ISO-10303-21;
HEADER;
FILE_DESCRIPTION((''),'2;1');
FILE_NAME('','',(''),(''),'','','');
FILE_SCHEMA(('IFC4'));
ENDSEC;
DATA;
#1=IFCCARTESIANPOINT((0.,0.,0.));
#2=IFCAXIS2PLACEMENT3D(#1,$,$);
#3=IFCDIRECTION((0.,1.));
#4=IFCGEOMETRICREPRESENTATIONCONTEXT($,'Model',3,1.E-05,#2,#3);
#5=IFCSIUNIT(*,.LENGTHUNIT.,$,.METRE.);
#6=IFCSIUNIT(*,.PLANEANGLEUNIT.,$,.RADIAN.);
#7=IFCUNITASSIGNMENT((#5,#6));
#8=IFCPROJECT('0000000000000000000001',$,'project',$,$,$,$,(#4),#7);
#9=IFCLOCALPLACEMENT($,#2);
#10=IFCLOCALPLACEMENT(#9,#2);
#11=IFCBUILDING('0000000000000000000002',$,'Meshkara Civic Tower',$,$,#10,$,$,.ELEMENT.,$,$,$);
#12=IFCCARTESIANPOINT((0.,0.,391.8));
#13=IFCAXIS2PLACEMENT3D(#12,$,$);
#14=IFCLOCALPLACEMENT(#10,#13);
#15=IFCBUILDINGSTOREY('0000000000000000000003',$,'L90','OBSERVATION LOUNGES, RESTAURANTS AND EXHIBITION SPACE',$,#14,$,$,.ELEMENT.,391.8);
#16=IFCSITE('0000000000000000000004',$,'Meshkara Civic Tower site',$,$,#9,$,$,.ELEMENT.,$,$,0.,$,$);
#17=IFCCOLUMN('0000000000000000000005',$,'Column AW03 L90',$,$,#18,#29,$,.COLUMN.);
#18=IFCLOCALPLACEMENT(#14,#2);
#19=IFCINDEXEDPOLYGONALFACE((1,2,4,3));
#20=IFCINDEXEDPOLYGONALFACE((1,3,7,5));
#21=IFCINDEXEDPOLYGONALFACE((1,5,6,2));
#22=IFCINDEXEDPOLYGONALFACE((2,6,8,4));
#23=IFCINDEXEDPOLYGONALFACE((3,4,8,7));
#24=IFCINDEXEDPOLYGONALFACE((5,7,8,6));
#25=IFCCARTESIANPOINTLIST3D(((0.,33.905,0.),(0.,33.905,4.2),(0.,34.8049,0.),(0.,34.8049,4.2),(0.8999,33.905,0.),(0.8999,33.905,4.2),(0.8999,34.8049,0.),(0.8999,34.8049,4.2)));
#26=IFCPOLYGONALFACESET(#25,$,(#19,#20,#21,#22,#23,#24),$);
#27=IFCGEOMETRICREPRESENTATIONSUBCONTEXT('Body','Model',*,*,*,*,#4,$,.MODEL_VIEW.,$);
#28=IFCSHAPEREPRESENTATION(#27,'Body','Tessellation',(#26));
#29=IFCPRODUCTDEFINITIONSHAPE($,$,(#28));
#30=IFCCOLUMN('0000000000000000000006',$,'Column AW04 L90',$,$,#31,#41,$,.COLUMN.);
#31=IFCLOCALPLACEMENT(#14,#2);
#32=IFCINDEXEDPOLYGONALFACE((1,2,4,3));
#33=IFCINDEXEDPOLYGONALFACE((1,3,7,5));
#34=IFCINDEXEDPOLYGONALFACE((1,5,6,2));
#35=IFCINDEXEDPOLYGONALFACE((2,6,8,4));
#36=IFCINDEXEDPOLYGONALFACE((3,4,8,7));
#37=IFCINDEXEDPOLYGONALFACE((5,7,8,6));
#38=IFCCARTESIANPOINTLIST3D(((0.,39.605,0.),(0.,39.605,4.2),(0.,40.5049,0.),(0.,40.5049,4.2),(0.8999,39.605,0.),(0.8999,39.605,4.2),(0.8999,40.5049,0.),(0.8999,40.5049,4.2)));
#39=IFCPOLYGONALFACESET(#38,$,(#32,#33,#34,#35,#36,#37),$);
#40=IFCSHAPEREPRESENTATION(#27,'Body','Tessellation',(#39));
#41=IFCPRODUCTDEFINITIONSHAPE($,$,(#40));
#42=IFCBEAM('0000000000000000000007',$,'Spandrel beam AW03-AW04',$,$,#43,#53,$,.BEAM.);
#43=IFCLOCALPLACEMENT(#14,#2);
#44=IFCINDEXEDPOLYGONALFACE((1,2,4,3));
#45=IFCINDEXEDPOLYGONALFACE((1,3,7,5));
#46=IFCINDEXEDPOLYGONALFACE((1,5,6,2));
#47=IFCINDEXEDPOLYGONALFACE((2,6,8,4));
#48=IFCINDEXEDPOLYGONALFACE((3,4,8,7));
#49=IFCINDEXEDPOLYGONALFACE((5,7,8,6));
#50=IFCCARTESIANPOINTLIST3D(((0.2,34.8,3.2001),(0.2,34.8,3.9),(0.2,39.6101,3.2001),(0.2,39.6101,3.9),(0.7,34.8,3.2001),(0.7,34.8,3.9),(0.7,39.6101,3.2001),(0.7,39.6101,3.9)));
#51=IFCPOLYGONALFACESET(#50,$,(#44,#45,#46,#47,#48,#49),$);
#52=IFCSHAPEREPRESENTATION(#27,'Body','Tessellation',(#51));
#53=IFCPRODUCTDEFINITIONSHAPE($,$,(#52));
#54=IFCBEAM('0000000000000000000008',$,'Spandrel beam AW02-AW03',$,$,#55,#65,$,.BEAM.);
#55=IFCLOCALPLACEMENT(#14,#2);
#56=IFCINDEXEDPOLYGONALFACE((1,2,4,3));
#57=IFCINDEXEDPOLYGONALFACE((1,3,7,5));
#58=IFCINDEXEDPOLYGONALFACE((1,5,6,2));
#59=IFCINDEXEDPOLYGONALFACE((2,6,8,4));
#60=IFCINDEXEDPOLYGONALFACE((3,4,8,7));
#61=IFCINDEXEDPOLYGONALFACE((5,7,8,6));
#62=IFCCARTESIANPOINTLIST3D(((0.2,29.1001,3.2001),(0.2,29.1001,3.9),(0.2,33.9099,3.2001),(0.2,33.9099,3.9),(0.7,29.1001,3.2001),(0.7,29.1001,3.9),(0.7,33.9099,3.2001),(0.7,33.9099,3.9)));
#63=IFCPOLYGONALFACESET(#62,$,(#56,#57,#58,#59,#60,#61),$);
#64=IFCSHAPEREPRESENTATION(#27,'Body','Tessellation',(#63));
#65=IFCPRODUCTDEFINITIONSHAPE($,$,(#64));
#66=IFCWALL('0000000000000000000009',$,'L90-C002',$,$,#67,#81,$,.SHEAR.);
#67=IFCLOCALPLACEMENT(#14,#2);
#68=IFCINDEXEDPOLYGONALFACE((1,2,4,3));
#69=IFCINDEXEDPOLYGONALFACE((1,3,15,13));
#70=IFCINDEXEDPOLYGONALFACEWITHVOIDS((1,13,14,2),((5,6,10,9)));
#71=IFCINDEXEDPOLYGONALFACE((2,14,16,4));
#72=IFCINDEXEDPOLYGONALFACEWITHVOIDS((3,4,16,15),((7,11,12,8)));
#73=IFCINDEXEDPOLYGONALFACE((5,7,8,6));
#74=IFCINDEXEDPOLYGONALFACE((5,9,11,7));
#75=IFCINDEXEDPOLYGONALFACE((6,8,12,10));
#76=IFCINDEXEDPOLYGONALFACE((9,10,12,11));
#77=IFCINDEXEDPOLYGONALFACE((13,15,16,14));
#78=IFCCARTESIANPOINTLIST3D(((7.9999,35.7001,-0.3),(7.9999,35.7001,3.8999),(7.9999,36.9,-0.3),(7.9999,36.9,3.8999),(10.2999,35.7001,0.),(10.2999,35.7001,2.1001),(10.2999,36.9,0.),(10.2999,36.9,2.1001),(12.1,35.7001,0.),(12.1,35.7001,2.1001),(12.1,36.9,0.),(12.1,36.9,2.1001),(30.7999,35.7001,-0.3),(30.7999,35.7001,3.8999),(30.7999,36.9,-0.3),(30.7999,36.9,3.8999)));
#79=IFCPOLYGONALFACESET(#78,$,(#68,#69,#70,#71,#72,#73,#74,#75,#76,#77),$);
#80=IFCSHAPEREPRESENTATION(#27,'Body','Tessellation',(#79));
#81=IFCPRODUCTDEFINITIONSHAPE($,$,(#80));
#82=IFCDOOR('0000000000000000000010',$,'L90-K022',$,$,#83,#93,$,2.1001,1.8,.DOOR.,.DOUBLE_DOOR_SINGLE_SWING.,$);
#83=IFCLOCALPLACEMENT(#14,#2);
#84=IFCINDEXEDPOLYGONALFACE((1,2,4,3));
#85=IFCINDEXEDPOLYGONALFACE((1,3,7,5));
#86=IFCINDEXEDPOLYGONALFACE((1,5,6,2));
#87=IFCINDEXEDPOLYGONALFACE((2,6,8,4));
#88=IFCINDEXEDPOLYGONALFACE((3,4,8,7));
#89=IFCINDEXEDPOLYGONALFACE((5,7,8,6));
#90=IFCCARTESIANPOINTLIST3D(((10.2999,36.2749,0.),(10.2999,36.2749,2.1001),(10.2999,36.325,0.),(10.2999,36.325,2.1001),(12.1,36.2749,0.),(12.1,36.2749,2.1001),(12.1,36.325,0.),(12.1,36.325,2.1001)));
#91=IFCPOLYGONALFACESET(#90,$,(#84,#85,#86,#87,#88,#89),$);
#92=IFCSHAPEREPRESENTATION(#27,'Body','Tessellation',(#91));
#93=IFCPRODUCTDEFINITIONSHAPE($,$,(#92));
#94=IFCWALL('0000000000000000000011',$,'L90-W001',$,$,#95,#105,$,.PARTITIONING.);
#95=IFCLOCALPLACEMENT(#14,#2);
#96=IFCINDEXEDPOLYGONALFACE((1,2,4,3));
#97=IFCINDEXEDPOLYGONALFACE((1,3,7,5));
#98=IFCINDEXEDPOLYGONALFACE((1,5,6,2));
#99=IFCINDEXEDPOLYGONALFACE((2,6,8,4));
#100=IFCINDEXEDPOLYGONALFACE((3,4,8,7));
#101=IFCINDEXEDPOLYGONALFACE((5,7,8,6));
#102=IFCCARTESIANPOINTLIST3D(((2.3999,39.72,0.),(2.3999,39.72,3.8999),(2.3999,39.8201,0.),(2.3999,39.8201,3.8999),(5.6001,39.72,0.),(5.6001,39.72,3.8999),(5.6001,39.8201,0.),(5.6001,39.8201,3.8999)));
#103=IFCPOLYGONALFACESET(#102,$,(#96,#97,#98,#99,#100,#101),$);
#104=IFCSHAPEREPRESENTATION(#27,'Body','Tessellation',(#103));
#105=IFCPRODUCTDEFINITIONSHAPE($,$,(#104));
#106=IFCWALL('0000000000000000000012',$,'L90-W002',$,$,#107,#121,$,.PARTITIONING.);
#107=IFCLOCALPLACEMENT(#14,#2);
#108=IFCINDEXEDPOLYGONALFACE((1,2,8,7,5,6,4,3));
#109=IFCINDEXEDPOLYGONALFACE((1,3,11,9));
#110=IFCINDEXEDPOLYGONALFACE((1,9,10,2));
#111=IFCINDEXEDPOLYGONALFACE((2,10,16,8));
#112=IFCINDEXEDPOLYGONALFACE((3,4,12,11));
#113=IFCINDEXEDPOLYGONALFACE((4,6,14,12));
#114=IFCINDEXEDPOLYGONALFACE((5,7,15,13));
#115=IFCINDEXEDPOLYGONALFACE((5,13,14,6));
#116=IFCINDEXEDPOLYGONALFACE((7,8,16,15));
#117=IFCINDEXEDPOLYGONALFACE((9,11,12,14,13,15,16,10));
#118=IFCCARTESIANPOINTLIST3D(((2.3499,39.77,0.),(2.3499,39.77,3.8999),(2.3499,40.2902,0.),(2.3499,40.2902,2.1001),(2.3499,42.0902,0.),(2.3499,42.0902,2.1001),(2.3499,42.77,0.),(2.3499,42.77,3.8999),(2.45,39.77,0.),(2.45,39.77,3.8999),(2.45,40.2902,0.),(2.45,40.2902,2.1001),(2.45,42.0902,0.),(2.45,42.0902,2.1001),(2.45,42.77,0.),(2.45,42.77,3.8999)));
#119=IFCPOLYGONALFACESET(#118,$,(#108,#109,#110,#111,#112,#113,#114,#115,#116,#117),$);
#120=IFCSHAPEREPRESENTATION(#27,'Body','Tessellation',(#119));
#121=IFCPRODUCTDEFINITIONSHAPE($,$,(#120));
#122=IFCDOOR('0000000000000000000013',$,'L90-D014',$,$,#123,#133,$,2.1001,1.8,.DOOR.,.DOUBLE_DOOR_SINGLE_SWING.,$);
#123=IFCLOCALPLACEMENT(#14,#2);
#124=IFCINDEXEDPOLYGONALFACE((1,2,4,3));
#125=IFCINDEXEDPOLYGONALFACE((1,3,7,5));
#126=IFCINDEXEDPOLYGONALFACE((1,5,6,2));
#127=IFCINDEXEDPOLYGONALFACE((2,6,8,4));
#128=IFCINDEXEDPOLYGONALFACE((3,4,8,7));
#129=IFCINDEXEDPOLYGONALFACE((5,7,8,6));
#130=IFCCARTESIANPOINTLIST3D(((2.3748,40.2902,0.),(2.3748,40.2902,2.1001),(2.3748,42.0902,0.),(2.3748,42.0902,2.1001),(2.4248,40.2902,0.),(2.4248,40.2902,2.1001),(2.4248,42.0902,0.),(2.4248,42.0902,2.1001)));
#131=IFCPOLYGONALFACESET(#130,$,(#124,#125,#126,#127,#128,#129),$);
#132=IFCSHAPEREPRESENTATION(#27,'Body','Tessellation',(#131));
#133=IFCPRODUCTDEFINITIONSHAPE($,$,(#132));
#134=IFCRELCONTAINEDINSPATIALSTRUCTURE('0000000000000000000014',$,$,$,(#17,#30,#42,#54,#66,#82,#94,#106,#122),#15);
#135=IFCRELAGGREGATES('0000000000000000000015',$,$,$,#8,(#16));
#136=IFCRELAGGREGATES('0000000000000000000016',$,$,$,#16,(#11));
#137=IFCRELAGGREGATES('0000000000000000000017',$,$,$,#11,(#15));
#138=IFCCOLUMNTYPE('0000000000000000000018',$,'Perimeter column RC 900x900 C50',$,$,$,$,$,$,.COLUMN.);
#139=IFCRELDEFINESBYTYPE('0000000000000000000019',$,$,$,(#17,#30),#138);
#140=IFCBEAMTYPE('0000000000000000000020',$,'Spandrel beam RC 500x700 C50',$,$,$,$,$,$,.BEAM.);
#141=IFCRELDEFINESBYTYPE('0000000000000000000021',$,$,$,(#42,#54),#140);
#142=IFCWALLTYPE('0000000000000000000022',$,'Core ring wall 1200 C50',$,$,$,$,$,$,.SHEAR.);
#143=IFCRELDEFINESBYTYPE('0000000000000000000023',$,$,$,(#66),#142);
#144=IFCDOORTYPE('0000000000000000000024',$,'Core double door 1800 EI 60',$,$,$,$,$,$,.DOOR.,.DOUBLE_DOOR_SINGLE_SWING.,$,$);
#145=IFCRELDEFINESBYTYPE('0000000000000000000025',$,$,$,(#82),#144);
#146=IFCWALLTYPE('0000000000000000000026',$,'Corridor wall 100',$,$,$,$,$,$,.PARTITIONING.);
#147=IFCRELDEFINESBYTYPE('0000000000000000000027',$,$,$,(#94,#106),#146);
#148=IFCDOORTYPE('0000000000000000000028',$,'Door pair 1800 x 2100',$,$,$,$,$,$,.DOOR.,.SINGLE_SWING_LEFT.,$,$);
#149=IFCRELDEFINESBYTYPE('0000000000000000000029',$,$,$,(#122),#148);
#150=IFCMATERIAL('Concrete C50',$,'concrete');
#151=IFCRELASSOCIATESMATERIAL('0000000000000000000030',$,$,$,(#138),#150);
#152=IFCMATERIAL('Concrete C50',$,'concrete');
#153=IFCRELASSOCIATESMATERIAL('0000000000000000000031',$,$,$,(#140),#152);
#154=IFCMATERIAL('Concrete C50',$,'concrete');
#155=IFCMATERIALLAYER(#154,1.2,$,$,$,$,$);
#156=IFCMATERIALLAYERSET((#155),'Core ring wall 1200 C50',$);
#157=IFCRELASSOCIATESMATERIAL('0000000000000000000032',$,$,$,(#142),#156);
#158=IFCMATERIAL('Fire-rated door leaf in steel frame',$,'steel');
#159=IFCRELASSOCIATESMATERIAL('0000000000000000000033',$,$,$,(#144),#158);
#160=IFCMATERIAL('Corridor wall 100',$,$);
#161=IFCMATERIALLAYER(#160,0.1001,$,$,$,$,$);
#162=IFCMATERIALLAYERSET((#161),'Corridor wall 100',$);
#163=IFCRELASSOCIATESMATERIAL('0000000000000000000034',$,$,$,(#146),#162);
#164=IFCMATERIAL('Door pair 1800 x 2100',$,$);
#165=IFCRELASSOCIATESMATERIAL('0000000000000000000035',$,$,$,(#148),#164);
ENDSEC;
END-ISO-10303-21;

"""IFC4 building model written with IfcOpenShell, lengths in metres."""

from ifc_helpers import new_model, si_unit, direction, frame, frame_2d, origin, origin_2d, place, context, subcontext, project, spatial, rectangle, extrude, material, layer, layer_set, material_profile, profile_set, type_object, element, fill, save


model = new_model("IFC4")

# Units and contexts
model_context = context("Model", 3, precision=1e-05, world=origin(), true_north=direction((0.0, 1.0)))
body_context = subcontext(model_context, "Body", "Model", "MODEL_VIEW")
ifc_project = project(units=[si_unit("LENGTHUNIT", "METRE"), si_unit("PLANEANGLEUNIT", "RADIAN")], contexts=[model_context])

# Site, building, storey
site_placement = place(None, origin())
site = spatial("IfcSite", under=ifc_project, at=site_placement, Name="Meshkara Civic Tower site", CompositionType="ELEMENT", RefElevation=0.0)
building_placement = place(site_placement, origin())
building = spatial("IfcBuilding", under=site, at=building_placement, Name="Meshkara Civic Tower", CompositionType="ELEMENT")
storey_placement = place(building_placement, frame((0.0, 0.0, 391.8)))
storey = spatial("IfcBuildingStorey", under=building, at=storey_placement, Name="L90", Description="OBSERVATION LOUNGES, RESTAURANTS AND EXHIBITION SPACE", CompositionType="ELEMENT", Elevation=391.8)

# Columns
ifc_material_1 = material(Name="Concrete C50", Category="concrete")
ifc_material_profile_1 = material_profile(ifc_material_1, rectangle(XDim=0.8999, YDim=0.8999, at=origin_2d()))
ifc_profile_set_1 = profile_set([ifc_material_profile_1], Name="Concrete C50")
column_type = type_object("IfcColumnType", Name="Perimeter column RC 900x900 C50", PredefinedType="COLUMN", material=ifc_profile_set_1)
for number, where, z_axis, x_axis, name in (
    (1, (0.45, 34.355, 0.0), (0.0, 0.0, 1.0), (1.0, 0.0, 0.0), "Column AW03 L90"),
    (2, (0.45, 40.0549, 0.0), (0.0, 0.0, 1.0), (1.0, 0.0, 0.0), "Column AW04 L90"),
):
    element("IfcColumn", number, at=place(storey_placement, frame(where, z_axis=z_axis, x_axis=x_axis)), inside=storey, type_object=column_type, Name=name, PredefinedType="COLUMN", context=body_context, shape_type="SweptSolid", body=[
        extrude(rectangle(XDim=0.8999, YDim=0.8999, at=origin_2d()), origin(), (0.0, 0.0, 1.0), 4.2),
    ])

# Beams
ifc_material_2 = material(Name="Concrete C50", Category="concrete")
ifc_material_profile_2 = material_profile(ifc_material_2, rectangle(XDim=0.5, YDim=0.7, at=origin_2d()))
ifc_profile_set_2 = profile_set([ifc_material_profile_2], Name="Concrete C50")
beam_type = type_object("IfcBeamType", Name="Spandrel beam RC 500x700 C50", PredefinedType="BEAM", material=ifc_profile_set_2)
beam_1_placement = place(storey_placement, frame((0.45, 39.6101, 3.55), z_axis=(0.0, -1.0, 0.0), x_axis=(1.0, 0.0, 0.0)))
element("IfcBeam", 3, at=beam_1_placement, inside=storey, type_object=beam_type, Name="Spandrel beam AW03-AW04", PredefinedType="BEAM", context=body_context, shape_type="SweptSolid", body=[
    extrude(rectangle(XDim=0.5, YDim=0.7, at=origin_2d()), origin(), (0.0, 0.0, 1.0), 4.8101),
])
beam_2_placement = place(storey_placement, frame((0.45, 33.9099, 3.55), z_axis=(0.0, -1.0, 0.0), x_axis=(1.0, 0.0, 0.0)))
element("IfcBeam", 4, at=beam_2_placement, inside=storey, type_object=beam_type, Name="Spandrel beam AW02-AW03", PredefinedType="BEAM", context=body_context, shape_type="SweptSolid", body=[
    extrude(rectangle(XDim=0.5, YDim=0.7, at=origin_2d()), origin(), (0.0, 0.0, 1.0), 4.8098),
])

# Wall, opening, door
ifc_material_3 = material(Name="Concrete C50", Category="concrete")
ifc_layer_1 = layer(ifc_material_3, 1.2)
ifc_layer_set_1 = layer_set([ifc_layer_1], Name="Core ring wall 1200 C50")
wall_type_1 = type_object("IfcWallType", Name="Core ring wall 1200 C50", PredefinedType="SHEAR", material=ifc_layer_set_1)
wall_1_placement = place(storey_placement, frame((8.0, 36.3, -0.3), z_axis=(0.0, 0.0, 1.0), x_axis=(1.0, 0.0, 0.0)))
wall_1 = element("IfcWall", 5, at=wall_1_placement, inside=storey, type_object=wall_type_1, Name="L90-C002", PredefinedType="SHEAR", context=body_context, shape_type="SweptSolid", body=[
    extrude(rectangle(XDim=22.8, YDim=1.2, at=frame_2d((11.3999, 0.0))), origin(), (0.0, 0.0, 1.0), 4.2),
])
opening_1_placement = place(wall_1_placement, frame((2.3, 0.0, 0.3)))
opening_1 = element("IfcOpeningElement", 6, at=opening_1_placement, cuts=wall_1, PredefinedType="OPENING", context=body_context, shape_type="SweptSolid", body=[
    extrude(rectangle(XDim=1.8, YDim=2.1001, at=frame_2d((0.8999, 1.05))), frame((0.0, 0.6099, 0.0), z_axis=(0.0, -1.0, 0.0), x_axis=(1.0, 0.0, 0.0)), (0.0, 0.0, 1.0), 1.22),
])
ifc_material_4 = material(Name="Fire-rated door leaf in steel frame", Category="steel")
door_type_1 = type_object("IfcDoorType", Name="Core double door 1800 EI 60", OperationType="DOUBLE_DOOR_SINGLE_SWING", PredefinedType="DOOR", material=ifc_material_4)
door_1_placement = place(opening_1_placement, origin())
door_1 = element("IfcDoor", 7, at=door_1_placement, inside=storey, type_object=door_type_1, Name="L90-K022", OperationType="DOUBLE_DOOR_SINGLE_SWING", OverallHeight=2.1001, OverallWidth=1.8, PredefinedType="DOOR", context=body_context, shape_type="SweptSolid", body=[
    extrude(rectangle(XDim=1.8, YDim=2.1001, at=frame_2d((0.8999, 1.05))), frame((0.0, 0.0249, 0.0), z_axis=(0.0, -1.0, 0.0), x_axis=(1.0, 0.0, 0.0)), (0.0, 0.0, 1.0), 0.05),
])
fill(opening_1, door_1)

# Wall
ifc_material_5 = material(Name="Corridor wall 100")
ifc_layer_2 = layer(ifc_material_5, 0.1001)
ifc_layer_set_2 = layer_set([ifc_layer_2], Name="Corridor wall 100")
wall_type_2 = type_object("IfcWallType", Name="Corridor wall 100", PredefinedType="PARTITIONING", material=ifc_layer_set_2)
wall_2_placement = place(storey_placement, frame((2.3999, 39.77, 0.0), z_axis=(0.0, 0.0, 1.0), x_axis=(1.0, 0.0, 0.0)))
element("IfcWall", 8, at=wall_2_placement, inside=storey, type_object=wall_type_2, Name="L90-W001", PredefinedType="PARTITIONING", context=body_context, shape_type="SweptSolid", body=[
    extrude(rectangle(XDim=3.2002, YDim=0.1001, at=frame_2d((1.6001, 0.0))), origin(), (0.0, 0.0, 1.0), 3.8999),
])

# Wall, opening, door
wall_3_placement = place(storey_placement, frame((2.3999, 42.77, 0.0), z_axis=(0.0, 0.0, 1.0), x_axis=(0.0, -1.0, 0.0)))
wall_3 = element("IfcWall", 9, at=wall_3_placement, inside=storey, type_object=wall_type_2, Name="L90-W002", PredefinedType="PARTITIONING", context=body_context, shape_type="SweptSolid", body=[
    extrude(rectangle(XDim=3.0, YDim=0.1001, at=frame_2d((1.5, 0.0))), origin(), (0.0, 0.0, 1.0), 3.8999),
])
opening_2_placement = place(wall_3_placement, frame((0.6799, 0.0, 0.0)))
opening_2 = element("IfcOpeningElement", 10, at=opening_2_placement, cuts=wall_3, PredefinedType="OPENING", context=body_context, shape_type="SweptSolid", body=[
    extrude(rectangle(XDim=1.8, YDim=2.1001, at=frame_2d((0.8999, 1.05))), frame((0.0, 0.0601, 0.0), z_axis=(0.0, -1.0, 0.0), x_axis=(1.0, 0.0, 0.0)), (0.0, 0.0, 1.0), 0.1201),
])
ifc_material_6 = material(Name="Door pair 1800 x 2100")
door_type_2 = type_object("IfcDoorType", Name="Door pair 1800 x 2100", OperationType="SINGLE_SWING_LEFT", PredefinedType="DOOR", material=ifc_material_6)
door_2_placement = place(opening_2_placement, origin())
door_2 = element("IfcDoor", 11, at=door_2_placement, inside=storey, type_object=door_type_2, Name="L90-D014", OperationType="DOUBLE_DOOR_SINGLE_SWING", OverallHeight=2.1001, OverallWidth=1.8, PredefinedType="DOOR", context=body_context, shape_type="SweptSolid", body=[
    extrude(rectangle(XDim=1.8, YDim=2.1001, at=frame_2d((0.8999, 1.05))), frame((0.0, 0.0249, 0.0), z_axis=(0.0, -1.0, 0.0), x_axis=(1.0, 0.0, 0.0)), (0.0, 0.0, 1.0), 0.05),
])
fill(opening_2, door_2)

save(model, "model.ifc")
